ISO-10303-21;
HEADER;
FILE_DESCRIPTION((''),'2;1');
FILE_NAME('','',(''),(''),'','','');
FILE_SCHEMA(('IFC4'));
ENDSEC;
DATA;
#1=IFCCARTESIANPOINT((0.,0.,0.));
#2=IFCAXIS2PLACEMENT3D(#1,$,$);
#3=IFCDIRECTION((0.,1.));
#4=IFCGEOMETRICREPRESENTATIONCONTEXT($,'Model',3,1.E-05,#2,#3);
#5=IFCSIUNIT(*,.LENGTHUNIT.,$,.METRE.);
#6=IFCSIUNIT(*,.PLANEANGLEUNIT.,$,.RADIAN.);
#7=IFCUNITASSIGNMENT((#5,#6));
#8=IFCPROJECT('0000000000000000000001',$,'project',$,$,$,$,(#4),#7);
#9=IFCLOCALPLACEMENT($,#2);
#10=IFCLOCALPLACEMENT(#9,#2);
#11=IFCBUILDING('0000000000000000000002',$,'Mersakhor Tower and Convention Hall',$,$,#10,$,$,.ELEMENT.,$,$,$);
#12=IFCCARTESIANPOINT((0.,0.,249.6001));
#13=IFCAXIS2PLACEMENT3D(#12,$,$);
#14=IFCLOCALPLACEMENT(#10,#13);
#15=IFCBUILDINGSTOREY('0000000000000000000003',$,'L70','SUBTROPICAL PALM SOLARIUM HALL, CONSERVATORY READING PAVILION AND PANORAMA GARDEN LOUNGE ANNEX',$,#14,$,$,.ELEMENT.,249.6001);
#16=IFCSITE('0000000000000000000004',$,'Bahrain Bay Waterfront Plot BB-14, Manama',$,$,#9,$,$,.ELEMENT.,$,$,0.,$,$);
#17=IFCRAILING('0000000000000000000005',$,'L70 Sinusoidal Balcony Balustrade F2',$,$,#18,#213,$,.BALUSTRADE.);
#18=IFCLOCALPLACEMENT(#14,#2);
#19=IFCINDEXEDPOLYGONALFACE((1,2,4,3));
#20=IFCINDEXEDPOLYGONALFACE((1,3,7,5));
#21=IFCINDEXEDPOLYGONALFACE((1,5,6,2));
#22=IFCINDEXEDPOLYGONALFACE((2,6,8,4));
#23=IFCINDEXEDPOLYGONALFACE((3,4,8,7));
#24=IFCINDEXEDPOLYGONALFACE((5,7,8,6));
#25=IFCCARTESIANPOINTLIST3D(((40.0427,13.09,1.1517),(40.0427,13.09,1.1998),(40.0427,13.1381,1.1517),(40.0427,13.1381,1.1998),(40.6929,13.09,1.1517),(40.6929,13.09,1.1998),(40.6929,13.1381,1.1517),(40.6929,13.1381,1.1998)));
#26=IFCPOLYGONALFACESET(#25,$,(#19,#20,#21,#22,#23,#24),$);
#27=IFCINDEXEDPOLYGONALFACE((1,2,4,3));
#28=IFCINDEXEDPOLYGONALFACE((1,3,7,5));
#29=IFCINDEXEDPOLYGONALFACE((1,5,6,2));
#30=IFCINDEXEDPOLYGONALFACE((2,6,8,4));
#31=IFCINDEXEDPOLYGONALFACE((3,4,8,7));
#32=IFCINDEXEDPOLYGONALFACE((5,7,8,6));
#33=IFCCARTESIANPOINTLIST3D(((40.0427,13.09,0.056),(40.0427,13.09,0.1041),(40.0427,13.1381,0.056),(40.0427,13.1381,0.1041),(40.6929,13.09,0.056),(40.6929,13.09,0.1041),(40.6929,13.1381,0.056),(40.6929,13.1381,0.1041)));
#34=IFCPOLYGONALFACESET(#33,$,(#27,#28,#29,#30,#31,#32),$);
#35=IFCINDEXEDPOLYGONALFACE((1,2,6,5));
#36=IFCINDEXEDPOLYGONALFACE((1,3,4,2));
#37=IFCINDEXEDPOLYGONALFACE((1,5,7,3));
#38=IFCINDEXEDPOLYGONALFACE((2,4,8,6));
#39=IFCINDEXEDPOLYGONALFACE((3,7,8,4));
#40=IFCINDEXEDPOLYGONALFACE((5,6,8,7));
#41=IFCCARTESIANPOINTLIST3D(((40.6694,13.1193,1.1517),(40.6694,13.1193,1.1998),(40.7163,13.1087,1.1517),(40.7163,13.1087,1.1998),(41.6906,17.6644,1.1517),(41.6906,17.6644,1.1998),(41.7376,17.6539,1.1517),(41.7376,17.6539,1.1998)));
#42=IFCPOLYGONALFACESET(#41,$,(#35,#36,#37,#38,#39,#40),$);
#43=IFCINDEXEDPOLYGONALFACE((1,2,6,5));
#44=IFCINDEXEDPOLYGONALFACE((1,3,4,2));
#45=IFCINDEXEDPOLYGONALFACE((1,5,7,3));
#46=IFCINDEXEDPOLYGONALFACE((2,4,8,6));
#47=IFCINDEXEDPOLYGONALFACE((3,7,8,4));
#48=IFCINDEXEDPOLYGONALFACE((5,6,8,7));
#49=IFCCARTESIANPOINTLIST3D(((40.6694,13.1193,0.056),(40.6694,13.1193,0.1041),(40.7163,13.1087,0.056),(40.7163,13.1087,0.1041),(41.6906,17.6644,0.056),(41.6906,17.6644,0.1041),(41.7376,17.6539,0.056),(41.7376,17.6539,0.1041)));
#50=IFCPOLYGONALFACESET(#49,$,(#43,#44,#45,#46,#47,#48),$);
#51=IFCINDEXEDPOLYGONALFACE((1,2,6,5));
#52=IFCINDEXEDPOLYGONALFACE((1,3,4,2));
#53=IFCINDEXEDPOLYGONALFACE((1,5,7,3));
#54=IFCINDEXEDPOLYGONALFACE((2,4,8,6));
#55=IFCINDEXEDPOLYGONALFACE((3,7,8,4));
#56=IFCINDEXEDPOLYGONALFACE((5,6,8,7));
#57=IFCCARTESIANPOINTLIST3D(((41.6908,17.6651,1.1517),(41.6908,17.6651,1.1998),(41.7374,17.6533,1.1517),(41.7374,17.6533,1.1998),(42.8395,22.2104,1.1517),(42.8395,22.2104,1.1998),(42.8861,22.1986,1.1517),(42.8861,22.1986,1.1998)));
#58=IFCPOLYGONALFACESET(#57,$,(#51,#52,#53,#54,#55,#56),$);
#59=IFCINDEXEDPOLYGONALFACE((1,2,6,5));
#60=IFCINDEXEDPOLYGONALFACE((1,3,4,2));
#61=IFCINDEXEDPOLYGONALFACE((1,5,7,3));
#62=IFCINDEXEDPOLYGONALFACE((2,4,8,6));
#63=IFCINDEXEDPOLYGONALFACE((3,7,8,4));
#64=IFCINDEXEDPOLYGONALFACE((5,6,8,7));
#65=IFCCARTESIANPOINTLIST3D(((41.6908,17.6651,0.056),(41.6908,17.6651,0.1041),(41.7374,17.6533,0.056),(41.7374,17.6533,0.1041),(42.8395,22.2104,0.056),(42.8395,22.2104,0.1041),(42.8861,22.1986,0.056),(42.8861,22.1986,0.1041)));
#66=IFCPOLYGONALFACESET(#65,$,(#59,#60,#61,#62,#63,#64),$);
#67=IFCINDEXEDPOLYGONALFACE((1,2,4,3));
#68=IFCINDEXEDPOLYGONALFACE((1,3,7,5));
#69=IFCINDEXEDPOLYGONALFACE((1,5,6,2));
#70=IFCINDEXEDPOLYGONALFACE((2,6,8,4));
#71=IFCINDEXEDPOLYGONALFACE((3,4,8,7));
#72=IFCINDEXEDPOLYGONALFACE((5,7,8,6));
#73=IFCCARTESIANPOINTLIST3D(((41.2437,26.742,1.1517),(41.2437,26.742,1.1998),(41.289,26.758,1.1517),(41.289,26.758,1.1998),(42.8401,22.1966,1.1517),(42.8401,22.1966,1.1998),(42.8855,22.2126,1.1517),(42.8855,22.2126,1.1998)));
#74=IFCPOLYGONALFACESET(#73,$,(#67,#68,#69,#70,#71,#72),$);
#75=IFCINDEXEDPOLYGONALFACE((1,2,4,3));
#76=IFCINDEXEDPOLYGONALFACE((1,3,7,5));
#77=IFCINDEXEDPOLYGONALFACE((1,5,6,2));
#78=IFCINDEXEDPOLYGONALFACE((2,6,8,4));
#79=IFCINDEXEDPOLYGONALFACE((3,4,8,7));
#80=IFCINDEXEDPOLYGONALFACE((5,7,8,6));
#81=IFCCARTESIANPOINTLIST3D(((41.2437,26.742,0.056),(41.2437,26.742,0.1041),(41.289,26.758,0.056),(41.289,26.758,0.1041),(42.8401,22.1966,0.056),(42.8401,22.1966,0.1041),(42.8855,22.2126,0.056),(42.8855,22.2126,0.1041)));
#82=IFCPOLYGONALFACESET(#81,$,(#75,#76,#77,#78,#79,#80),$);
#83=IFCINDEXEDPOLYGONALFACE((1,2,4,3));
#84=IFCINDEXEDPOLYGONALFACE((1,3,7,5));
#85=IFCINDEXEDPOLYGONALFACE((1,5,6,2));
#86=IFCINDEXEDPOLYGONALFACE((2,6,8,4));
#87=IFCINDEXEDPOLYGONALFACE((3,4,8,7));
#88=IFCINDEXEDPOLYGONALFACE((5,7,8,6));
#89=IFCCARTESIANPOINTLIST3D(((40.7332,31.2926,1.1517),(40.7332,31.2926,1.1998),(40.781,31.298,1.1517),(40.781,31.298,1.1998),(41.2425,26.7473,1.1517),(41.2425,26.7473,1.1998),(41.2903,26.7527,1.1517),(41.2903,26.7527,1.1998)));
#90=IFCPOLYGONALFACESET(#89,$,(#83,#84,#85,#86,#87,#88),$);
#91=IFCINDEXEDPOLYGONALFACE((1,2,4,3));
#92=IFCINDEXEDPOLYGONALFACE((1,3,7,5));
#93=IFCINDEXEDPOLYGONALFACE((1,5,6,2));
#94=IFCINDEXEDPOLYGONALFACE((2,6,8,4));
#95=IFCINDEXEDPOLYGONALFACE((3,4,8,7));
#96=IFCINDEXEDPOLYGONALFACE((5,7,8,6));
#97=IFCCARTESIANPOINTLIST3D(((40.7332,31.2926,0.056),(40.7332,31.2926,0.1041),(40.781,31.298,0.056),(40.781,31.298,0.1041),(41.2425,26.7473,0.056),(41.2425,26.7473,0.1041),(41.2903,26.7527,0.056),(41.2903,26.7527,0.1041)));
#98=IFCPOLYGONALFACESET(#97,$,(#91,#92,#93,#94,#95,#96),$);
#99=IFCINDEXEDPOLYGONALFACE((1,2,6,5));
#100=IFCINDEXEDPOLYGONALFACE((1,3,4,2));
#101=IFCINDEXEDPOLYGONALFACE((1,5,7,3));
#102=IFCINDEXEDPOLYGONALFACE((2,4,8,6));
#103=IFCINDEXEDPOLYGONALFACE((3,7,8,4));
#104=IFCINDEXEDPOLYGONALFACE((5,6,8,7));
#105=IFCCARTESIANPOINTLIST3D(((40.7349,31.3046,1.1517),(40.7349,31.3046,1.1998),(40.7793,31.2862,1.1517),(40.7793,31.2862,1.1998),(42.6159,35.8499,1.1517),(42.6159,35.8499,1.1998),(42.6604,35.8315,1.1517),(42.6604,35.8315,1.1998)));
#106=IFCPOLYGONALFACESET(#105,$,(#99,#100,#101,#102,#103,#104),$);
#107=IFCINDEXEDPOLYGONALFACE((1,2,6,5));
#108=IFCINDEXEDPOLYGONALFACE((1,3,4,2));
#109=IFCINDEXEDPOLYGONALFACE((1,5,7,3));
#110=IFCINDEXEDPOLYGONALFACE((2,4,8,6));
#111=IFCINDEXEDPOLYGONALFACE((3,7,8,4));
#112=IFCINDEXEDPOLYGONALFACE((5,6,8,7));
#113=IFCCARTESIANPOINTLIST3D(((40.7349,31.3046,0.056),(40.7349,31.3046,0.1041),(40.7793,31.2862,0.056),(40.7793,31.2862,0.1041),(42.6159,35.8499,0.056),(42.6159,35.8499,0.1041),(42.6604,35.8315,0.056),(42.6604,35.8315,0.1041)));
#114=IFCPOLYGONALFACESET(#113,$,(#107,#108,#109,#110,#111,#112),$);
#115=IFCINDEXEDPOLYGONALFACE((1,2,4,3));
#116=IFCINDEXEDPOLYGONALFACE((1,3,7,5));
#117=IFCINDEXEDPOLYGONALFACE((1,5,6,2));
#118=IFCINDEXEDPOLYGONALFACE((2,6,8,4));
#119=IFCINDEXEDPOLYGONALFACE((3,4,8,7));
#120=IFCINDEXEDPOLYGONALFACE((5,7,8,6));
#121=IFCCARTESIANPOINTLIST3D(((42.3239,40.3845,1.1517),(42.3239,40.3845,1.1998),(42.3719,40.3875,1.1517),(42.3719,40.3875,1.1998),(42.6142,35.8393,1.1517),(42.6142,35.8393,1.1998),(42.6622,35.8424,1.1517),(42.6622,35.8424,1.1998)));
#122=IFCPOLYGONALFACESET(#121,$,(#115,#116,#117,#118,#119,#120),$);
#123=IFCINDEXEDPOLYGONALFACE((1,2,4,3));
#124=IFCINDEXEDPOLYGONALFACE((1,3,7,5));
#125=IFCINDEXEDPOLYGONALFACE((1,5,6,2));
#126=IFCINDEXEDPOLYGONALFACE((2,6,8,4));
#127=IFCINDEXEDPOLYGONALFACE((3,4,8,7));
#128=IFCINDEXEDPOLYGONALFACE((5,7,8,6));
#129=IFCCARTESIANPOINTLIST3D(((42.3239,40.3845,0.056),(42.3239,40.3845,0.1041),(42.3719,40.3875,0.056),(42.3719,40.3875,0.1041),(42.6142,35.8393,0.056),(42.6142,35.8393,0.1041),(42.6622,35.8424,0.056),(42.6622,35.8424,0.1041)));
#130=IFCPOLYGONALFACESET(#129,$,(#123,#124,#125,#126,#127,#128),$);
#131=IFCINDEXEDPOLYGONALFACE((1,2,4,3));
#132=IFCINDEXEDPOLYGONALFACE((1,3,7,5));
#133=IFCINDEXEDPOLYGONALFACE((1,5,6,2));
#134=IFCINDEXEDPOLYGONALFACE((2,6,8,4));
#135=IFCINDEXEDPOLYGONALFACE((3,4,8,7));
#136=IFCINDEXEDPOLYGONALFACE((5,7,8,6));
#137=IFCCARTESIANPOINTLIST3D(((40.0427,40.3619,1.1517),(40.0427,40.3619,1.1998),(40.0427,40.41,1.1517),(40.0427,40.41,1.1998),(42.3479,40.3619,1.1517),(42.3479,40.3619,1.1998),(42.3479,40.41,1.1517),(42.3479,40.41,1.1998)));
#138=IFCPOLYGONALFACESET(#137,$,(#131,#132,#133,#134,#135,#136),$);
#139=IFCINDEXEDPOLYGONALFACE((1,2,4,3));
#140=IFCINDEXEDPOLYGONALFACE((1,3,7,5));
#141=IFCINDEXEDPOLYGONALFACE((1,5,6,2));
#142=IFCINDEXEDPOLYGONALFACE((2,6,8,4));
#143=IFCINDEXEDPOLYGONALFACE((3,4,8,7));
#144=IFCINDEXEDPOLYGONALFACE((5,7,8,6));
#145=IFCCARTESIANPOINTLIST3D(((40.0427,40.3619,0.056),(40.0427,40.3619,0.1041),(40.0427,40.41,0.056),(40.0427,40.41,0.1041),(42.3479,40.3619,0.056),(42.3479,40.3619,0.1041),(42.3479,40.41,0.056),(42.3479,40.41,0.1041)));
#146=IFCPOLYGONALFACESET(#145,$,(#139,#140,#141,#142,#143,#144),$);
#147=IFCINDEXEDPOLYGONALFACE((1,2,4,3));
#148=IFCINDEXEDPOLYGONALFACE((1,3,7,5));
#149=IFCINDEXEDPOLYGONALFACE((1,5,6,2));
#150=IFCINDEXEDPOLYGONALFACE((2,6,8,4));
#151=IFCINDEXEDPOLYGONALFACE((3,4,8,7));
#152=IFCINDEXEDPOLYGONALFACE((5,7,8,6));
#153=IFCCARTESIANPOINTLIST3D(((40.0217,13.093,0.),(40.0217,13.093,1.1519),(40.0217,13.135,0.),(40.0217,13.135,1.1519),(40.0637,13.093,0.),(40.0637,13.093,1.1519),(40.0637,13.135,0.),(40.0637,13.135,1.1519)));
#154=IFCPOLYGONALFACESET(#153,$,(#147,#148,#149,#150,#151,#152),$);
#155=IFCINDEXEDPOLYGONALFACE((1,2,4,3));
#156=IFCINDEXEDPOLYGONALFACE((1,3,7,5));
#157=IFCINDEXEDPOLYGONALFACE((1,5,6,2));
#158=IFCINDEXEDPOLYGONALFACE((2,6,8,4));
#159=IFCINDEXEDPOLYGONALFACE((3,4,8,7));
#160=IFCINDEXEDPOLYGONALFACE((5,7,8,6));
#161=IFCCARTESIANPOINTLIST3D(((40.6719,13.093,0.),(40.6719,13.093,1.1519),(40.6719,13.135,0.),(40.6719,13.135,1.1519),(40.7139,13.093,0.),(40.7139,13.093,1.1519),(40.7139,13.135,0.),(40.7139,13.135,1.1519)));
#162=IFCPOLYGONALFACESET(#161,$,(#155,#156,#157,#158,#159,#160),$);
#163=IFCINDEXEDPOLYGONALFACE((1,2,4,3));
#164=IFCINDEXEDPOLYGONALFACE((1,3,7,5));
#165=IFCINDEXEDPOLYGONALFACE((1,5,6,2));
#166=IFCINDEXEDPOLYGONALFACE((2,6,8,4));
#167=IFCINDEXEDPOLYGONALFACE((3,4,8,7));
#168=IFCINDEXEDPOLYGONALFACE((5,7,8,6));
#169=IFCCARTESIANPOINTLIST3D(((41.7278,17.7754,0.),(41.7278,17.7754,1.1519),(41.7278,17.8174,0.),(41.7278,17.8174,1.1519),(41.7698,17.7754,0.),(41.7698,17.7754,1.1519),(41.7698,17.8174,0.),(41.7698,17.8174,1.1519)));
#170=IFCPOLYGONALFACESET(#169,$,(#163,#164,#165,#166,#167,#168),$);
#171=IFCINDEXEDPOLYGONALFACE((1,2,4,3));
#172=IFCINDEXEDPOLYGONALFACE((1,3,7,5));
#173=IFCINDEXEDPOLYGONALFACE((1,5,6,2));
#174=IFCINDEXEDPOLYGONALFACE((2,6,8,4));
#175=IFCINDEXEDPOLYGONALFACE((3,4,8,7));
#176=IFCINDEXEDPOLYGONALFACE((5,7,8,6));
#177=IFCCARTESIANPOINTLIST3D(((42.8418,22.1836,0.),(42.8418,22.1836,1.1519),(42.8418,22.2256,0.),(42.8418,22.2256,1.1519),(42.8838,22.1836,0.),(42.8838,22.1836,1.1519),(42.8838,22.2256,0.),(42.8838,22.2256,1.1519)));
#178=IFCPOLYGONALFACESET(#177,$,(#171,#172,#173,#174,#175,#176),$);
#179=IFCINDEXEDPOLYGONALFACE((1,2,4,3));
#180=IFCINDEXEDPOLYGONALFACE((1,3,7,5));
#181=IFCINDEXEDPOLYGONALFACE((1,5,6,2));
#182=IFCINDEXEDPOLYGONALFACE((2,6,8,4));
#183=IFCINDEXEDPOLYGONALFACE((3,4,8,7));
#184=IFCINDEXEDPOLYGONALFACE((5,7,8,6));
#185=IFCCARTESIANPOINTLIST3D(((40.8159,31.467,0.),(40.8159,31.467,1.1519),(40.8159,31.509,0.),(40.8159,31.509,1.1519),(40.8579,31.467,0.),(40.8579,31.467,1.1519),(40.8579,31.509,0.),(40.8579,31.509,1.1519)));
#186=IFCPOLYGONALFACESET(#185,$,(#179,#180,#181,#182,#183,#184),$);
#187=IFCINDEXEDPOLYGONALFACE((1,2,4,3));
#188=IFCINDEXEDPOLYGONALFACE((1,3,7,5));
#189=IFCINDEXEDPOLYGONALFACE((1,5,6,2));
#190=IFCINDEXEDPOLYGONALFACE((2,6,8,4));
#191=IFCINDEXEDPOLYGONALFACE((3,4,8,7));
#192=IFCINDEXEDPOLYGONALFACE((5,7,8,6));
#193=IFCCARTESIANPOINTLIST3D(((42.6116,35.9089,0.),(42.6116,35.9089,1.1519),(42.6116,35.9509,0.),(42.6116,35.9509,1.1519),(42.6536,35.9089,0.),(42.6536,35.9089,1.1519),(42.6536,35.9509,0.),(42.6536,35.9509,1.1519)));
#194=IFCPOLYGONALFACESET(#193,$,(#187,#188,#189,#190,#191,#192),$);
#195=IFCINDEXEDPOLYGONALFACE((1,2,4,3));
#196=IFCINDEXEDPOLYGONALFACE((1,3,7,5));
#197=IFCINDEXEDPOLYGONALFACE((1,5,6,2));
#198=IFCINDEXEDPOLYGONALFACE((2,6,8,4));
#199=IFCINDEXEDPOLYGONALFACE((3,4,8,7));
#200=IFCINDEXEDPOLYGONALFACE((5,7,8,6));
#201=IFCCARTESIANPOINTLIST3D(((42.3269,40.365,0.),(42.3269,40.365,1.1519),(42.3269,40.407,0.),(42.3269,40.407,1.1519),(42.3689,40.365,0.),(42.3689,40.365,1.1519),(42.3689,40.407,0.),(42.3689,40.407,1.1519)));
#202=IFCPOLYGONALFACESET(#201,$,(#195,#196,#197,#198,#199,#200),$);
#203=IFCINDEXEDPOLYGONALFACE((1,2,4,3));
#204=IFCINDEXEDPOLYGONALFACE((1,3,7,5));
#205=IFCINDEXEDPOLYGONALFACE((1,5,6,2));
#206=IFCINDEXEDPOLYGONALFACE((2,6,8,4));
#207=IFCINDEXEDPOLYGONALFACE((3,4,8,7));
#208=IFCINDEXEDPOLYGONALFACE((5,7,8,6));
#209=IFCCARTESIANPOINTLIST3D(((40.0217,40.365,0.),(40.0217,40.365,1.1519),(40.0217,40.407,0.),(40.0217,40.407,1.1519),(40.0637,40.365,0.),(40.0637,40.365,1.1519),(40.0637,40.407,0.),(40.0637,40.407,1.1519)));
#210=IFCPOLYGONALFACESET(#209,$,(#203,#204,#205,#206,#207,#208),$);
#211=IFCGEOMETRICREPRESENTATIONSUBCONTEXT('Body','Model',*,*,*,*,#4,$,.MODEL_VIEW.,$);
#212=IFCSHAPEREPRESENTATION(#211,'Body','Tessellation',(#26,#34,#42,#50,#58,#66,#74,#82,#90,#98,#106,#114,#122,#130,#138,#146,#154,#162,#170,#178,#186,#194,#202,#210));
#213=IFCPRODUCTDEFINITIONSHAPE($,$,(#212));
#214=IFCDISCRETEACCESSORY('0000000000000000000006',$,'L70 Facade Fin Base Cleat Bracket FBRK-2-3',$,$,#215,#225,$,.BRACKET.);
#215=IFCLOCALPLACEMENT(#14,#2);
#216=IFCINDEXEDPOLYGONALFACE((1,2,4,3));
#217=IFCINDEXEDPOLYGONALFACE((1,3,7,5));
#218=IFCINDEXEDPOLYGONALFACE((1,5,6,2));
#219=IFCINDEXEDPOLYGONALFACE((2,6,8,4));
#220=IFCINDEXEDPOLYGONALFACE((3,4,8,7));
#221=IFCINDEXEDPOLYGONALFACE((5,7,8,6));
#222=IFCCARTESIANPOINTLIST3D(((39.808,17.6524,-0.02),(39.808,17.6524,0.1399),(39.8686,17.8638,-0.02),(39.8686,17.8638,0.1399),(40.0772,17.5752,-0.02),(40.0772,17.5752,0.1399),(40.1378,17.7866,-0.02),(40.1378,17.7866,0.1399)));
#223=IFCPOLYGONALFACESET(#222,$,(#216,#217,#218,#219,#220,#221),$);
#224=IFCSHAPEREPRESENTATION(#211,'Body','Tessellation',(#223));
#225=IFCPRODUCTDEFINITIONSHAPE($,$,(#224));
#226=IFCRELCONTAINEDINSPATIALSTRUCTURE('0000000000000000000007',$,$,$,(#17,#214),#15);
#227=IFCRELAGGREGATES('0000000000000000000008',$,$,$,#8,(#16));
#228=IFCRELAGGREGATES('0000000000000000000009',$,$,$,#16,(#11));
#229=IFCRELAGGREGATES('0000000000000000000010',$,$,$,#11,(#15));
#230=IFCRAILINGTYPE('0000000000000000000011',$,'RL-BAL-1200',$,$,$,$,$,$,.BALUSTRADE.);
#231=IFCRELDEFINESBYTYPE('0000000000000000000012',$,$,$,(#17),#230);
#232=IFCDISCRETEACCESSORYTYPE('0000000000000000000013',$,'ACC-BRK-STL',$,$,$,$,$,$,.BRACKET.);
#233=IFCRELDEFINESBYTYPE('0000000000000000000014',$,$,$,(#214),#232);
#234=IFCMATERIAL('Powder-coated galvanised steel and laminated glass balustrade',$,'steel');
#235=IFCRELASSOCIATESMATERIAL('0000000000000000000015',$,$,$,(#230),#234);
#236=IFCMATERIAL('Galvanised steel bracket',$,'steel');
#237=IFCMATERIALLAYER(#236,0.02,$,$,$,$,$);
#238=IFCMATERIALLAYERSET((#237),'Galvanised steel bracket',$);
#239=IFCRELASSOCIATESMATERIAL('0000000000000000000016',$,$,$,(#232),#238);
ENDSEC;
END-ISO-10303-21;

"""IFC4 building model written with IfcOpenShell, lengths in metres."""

from ifc_helpers import new_model, si_unit, direction, frame, origin, origin_2d, place, context, subcontext, project, spatial, rectangle, extrude, material, layer, layer_set, type_object, element, save


model = new_model("IFC4")

# Units and contexts
model_context = context("Model", 3, precision=1e-05, world=origin(), true_north=direction((0.0, 1.0)))
body_context = subcontext(model_context, "Body", "Model", "MODEL_VIEW")
ifc_project = project(units=[si_unit("LENGTHUNIT", "METRE"), si_unit("PLANEANGLEUNIT", "RADIAN")], contexts=[model_context])

# Site, building, storey
site_placement = place(None, origin())
site = spatial("IfcSite", under=ifc_project, at=site_placement, Name="Bahrain Bay Waterfront Plot BB-14, Manama", CompositionType="ELEMENT", RefElevation=0.0)
building_placement = place(site_placement, origin())
building = spatial("IfcBuilding", under=site, at=building_placement, Name="Mersakhor Tower and Convention Hall", CompositionType="ELEMENT")
storey_placement = place(building_placement, frame((0.0, 0.0, 249.6001)))
storey = spatial("IfcBuildingStorey", under=building, at=storey_placement, Name="L70", Description="SUBTROPICAL PALM SOLARIUM HALL, CONSERVATORY READING PAVILION AND PANORAMA GARDEN LOUNGE ANNEX", CompositionType="ELEMENT", Elevation=249.6001)

# Railing
ifc_material_1 = material(Name="Powder-coated galvanised steel and laminated glass balustrade", Category="steel")
railing_type = type_object("IfcRailingType", Name="RL-BAL-1200", PredefinedType="BALUSTRADE", material=ifc_material_1)
railing_placement = place(storey_placement, frame((40.0427, 13.114, 0.0)))
element("IfcRailing", 1, at=railing_placement, inside=storey, type_object=railing_type, Name="L70 Sinusoidal Balcony Balustrade F2", PredefinedType="BALUSTRADE", context=body_context, shape_type="SweptSolid", body=[
    extrude(rectangle(XDim=0.0481, YDim=0.0481, at=origin_2d()), frame((0.0, 0.0, 1.1758), z_axis=(1.0, 0.0, 0.0), x_axis=(0.0, 1.0, 0.0)), (0.0, 0.0, 1.0), 0.6501),
    extrude(rectangle(XDim=0.0481, YDim=0.0481, at=origin_2d()), frame((0.0, 0.0, 0.0801), z_axis=(1.0, 0.0, 0.0), x_axis=(0.0, 1.0, 0.0)), (0.0, 0.0, 1.0), 0.6501),
    extrude(rectangle(XDim=0.0481, YDim=0.0481, at=origin_2d()), frame((0.6501, 0.0, 1.1758), z_axis=(0.219222, 0.975675, 0.0), x_axis=(-0.975675, 0.219222, 0.0)), (0.0, 0.0, 1.0), 4.6584),
    extrude(rectangle(XDim=0.0481, YDim=0.0481, at=origin_2d()), frame((0.6501, 0.0, 0.0801), z_axis=(0.219222, 0.975675, 0.0), x_axis=(-0.975675, 0.219222, 0.0)), (0.0, 0.0, 1.0), 4.6584),
    extrude(rectangle(XDim=0.0481, YDim=0.0481, at=origin_2d()), frame((1.6714, 4.5452, 1.1758), z_axis=(0.24501, 0.969521, 0.0), x_axis=(-0.969521, 0.24501, 0.0)), (0.0, 0.0, 1.0), 4.6882),
    extrude(rectangle(XDim=0.0481, YDim=0.0481, at=origin_2d()), frame((1.6714, 4.5452, 0.0801), z_axis=(0.24501, 0.969521, 0.0), x_axis=(-0.969521, 0.24501, 0.0)), (0.0, 0.0, 1.0), 4.6882),
    extrude(rectangle(XDim=0.0481, YDim=0.0481, at=origin_2d()), frame((2.8201, 9.0906, 1.1758), z_axis=(-0.331375, 0.943499, 0.0), x_axis=(-0.943499, -0.331375, 0.0)), (0.0, 0.0, 1.0), 4.8176),
    extrude(rectangle(XDim=0.0481, YDim=0.0481, at=origin_2d()), frame((2.8201, 9.0906, 0.0801), z_axis=(-0.331375, 0.943499, 0.0), x_axis=(-0.943499, -0.331375, 0.0)), (0.0, 0.0, 1.0), 4.8176),
    extrude(rectangle(XDim=0.0481, YDim=0.0481, at=origin_2d()), frame((1.2236, 13.636, 1.1758), z_axis=(-0.111345, 0.993782, 0.0), x_axis=(-0.993782, -0.111345, 0.0)), (0.0, 0.0, 1.0), 4.5737),
    extrude(rectangle(XDim=0.0481, YDim=0.0481, at=origin_2d()), frame((1.2236, 13.636, 0.0801), z_axis=(-0.111345, 0.993782, 0.0), x_axis=(-0.993782, -0.111345, 0.0)), (0.0, 0.0, 1.0), 4.5737),
    extrude(rectangle(XDim=0.0481, YDim=0.0481, at=origin_2d()), frame((0.7144, 18.1814, 1.1758), z_axis=(0.382394, 0.923999, 0.0), x_axis=(-0.923999, 0.382394, 0.0)), (0.0, 0.0, 1.0), 4.9192),
    extrude(rectangle(XDim=0.0481, YDim=0.0481, at=origin_2d()), frame((0.7144, 18.1814, 0.0801), z_axis=(0.382394, 0.923999, 0.0), x_axis=(-0.923999, 0.382394, 0.0)), (0.0, 0.0, 1.0), 4.9192),
    extrude(rectangle(XDim=0.0481, YDim=0.0481, at=origin_2d()), frame((2.5955, 22.7268, 1.1758), z_axis=(-0.063737, 0.997967, 0.0), x_axis=(-0.997967, -0.063737, 0.0)), (0.0, 0.0, 1.0), 4.5544),
    extrude(rectangle(XDim=0.0481, YDim=0.0481, at=origin_2d()), frame((2.5955, 22.7268, 0.0801), z_axis=(-0.063737, 0.997967, 0.0), x_axis=(-0.997967, -0.063737, 0.0)), (0.0, 0.0, 1.0), 4.5544),
    extrude(rectangle(XDim=0.0481, YDim=0.0481, at=origin_2d()), frame((2.3052, 27.272, 1.1758), z_axis=(-1.0, 0.0, 0.0), x_axis=(0.0, -1.0, 0.0)), (0.0, 0.0, 1.0), 2.3052),
    extrude(rectangle(XDim=0.0481, YDim=0.0481, at=origin_2d()), frame((2.3052, 27.272, 0.0801), z_axis=(-1.0, 0.0, 0.0), x_axis=(0.0, -1.0, 0.0)), (0.0, 0.0, 1.0), 2.3052),
    extrude(rectangle(XDim=0.042, YDim=0.042, at=origin_2d()), origin(), (0.0, 0.0, 1.0), 1.1519),
    extrude(rectangle(XDim=0.042, YDim=0.042, at=origin_2d()), frame((0.6501, 0.0, 0.0)), (0.0, 0.0, 1.0), 1.1519),
    extrude(rectangle(XDim=0.042, YDim=0.042, at=origin_2d()), frame((1.7061, 4.6824, 0.0)), (0.0, 0.0, 1.0), 1.1519),
    extrude(rectangle(XDim=0.042, YDim=0.042, at=origin_2d()), frame((2.8201, 9.0906, 0.0)), (0.0, 0.0, 1.0), 1.1519),
    extrude(rectangle(XDim=0.042, YDim=0.042, at=origin_2d()), frame((0.7942, 18.374, 0.0)), (0.0, 0.0, 1.0), 1.1519),
    extrude(rectangle(XDim=0.042, YDim=0.042, at=origin_2d()), frame((2.5898, 22.8159, 0.0)), (0.0, 0.0, 1.0), 1.1519),
    extrude(rectangle(XDim=0.042, YDim=0.042, at=origin_2d()), frame((2.3052, 27.272, 0.0)), (0.0, 0.0, 1.0), 1.1519),
    extrude(rectangle(XDim=0.042, YDim=0.042, at=origin_2d()), frame((0.0, 27.272, 0.0)), (0.0, 0.0, 1.0), 1.1519),
])

# Discrete accessory
ifc_material_2 = material(Name="Galvanised steel bracket", Category="steel")
ifc_layer_1 = layer(ifc_material_2, 0.02)
ifc_layer_set_1 = layer_set([ifc_layer_1], Name="Galvanised steel bracket")
discrete_accessory_type = type_object("IfcDiscreteAccessoryType", Name="ACC-BRK-STL", PredefinedType="BRACKET", material=ifc_layer_set_1)
for number, where, z_axis, x_axis, name in (
    (2, (39.9729, 17.7195, -0.02), (0.0, 0.0, 1.0), (0.961262, -0.275637, 0.0), "L70 Facade Fin Base Cleat Bracket FBRK-2-3"),
):
    element("IfcDiscreteAccessory", number, at=place(storey_placement, frame(where, z_axis=z_axis, x_axis=x_axis)), inside=storey, type_object=discrete_accessory_type, Name=name, PredefinedType="BRACKET", context=body_context, shape_type="SweptSolid", body=[
        extrude(rectangle(XDim=0.28, YDim=0.22, at=origin_2d()), origin(), (0.0, 0.0, 1.0), 0.1599),
    ])

save(model, "model.ifc")
